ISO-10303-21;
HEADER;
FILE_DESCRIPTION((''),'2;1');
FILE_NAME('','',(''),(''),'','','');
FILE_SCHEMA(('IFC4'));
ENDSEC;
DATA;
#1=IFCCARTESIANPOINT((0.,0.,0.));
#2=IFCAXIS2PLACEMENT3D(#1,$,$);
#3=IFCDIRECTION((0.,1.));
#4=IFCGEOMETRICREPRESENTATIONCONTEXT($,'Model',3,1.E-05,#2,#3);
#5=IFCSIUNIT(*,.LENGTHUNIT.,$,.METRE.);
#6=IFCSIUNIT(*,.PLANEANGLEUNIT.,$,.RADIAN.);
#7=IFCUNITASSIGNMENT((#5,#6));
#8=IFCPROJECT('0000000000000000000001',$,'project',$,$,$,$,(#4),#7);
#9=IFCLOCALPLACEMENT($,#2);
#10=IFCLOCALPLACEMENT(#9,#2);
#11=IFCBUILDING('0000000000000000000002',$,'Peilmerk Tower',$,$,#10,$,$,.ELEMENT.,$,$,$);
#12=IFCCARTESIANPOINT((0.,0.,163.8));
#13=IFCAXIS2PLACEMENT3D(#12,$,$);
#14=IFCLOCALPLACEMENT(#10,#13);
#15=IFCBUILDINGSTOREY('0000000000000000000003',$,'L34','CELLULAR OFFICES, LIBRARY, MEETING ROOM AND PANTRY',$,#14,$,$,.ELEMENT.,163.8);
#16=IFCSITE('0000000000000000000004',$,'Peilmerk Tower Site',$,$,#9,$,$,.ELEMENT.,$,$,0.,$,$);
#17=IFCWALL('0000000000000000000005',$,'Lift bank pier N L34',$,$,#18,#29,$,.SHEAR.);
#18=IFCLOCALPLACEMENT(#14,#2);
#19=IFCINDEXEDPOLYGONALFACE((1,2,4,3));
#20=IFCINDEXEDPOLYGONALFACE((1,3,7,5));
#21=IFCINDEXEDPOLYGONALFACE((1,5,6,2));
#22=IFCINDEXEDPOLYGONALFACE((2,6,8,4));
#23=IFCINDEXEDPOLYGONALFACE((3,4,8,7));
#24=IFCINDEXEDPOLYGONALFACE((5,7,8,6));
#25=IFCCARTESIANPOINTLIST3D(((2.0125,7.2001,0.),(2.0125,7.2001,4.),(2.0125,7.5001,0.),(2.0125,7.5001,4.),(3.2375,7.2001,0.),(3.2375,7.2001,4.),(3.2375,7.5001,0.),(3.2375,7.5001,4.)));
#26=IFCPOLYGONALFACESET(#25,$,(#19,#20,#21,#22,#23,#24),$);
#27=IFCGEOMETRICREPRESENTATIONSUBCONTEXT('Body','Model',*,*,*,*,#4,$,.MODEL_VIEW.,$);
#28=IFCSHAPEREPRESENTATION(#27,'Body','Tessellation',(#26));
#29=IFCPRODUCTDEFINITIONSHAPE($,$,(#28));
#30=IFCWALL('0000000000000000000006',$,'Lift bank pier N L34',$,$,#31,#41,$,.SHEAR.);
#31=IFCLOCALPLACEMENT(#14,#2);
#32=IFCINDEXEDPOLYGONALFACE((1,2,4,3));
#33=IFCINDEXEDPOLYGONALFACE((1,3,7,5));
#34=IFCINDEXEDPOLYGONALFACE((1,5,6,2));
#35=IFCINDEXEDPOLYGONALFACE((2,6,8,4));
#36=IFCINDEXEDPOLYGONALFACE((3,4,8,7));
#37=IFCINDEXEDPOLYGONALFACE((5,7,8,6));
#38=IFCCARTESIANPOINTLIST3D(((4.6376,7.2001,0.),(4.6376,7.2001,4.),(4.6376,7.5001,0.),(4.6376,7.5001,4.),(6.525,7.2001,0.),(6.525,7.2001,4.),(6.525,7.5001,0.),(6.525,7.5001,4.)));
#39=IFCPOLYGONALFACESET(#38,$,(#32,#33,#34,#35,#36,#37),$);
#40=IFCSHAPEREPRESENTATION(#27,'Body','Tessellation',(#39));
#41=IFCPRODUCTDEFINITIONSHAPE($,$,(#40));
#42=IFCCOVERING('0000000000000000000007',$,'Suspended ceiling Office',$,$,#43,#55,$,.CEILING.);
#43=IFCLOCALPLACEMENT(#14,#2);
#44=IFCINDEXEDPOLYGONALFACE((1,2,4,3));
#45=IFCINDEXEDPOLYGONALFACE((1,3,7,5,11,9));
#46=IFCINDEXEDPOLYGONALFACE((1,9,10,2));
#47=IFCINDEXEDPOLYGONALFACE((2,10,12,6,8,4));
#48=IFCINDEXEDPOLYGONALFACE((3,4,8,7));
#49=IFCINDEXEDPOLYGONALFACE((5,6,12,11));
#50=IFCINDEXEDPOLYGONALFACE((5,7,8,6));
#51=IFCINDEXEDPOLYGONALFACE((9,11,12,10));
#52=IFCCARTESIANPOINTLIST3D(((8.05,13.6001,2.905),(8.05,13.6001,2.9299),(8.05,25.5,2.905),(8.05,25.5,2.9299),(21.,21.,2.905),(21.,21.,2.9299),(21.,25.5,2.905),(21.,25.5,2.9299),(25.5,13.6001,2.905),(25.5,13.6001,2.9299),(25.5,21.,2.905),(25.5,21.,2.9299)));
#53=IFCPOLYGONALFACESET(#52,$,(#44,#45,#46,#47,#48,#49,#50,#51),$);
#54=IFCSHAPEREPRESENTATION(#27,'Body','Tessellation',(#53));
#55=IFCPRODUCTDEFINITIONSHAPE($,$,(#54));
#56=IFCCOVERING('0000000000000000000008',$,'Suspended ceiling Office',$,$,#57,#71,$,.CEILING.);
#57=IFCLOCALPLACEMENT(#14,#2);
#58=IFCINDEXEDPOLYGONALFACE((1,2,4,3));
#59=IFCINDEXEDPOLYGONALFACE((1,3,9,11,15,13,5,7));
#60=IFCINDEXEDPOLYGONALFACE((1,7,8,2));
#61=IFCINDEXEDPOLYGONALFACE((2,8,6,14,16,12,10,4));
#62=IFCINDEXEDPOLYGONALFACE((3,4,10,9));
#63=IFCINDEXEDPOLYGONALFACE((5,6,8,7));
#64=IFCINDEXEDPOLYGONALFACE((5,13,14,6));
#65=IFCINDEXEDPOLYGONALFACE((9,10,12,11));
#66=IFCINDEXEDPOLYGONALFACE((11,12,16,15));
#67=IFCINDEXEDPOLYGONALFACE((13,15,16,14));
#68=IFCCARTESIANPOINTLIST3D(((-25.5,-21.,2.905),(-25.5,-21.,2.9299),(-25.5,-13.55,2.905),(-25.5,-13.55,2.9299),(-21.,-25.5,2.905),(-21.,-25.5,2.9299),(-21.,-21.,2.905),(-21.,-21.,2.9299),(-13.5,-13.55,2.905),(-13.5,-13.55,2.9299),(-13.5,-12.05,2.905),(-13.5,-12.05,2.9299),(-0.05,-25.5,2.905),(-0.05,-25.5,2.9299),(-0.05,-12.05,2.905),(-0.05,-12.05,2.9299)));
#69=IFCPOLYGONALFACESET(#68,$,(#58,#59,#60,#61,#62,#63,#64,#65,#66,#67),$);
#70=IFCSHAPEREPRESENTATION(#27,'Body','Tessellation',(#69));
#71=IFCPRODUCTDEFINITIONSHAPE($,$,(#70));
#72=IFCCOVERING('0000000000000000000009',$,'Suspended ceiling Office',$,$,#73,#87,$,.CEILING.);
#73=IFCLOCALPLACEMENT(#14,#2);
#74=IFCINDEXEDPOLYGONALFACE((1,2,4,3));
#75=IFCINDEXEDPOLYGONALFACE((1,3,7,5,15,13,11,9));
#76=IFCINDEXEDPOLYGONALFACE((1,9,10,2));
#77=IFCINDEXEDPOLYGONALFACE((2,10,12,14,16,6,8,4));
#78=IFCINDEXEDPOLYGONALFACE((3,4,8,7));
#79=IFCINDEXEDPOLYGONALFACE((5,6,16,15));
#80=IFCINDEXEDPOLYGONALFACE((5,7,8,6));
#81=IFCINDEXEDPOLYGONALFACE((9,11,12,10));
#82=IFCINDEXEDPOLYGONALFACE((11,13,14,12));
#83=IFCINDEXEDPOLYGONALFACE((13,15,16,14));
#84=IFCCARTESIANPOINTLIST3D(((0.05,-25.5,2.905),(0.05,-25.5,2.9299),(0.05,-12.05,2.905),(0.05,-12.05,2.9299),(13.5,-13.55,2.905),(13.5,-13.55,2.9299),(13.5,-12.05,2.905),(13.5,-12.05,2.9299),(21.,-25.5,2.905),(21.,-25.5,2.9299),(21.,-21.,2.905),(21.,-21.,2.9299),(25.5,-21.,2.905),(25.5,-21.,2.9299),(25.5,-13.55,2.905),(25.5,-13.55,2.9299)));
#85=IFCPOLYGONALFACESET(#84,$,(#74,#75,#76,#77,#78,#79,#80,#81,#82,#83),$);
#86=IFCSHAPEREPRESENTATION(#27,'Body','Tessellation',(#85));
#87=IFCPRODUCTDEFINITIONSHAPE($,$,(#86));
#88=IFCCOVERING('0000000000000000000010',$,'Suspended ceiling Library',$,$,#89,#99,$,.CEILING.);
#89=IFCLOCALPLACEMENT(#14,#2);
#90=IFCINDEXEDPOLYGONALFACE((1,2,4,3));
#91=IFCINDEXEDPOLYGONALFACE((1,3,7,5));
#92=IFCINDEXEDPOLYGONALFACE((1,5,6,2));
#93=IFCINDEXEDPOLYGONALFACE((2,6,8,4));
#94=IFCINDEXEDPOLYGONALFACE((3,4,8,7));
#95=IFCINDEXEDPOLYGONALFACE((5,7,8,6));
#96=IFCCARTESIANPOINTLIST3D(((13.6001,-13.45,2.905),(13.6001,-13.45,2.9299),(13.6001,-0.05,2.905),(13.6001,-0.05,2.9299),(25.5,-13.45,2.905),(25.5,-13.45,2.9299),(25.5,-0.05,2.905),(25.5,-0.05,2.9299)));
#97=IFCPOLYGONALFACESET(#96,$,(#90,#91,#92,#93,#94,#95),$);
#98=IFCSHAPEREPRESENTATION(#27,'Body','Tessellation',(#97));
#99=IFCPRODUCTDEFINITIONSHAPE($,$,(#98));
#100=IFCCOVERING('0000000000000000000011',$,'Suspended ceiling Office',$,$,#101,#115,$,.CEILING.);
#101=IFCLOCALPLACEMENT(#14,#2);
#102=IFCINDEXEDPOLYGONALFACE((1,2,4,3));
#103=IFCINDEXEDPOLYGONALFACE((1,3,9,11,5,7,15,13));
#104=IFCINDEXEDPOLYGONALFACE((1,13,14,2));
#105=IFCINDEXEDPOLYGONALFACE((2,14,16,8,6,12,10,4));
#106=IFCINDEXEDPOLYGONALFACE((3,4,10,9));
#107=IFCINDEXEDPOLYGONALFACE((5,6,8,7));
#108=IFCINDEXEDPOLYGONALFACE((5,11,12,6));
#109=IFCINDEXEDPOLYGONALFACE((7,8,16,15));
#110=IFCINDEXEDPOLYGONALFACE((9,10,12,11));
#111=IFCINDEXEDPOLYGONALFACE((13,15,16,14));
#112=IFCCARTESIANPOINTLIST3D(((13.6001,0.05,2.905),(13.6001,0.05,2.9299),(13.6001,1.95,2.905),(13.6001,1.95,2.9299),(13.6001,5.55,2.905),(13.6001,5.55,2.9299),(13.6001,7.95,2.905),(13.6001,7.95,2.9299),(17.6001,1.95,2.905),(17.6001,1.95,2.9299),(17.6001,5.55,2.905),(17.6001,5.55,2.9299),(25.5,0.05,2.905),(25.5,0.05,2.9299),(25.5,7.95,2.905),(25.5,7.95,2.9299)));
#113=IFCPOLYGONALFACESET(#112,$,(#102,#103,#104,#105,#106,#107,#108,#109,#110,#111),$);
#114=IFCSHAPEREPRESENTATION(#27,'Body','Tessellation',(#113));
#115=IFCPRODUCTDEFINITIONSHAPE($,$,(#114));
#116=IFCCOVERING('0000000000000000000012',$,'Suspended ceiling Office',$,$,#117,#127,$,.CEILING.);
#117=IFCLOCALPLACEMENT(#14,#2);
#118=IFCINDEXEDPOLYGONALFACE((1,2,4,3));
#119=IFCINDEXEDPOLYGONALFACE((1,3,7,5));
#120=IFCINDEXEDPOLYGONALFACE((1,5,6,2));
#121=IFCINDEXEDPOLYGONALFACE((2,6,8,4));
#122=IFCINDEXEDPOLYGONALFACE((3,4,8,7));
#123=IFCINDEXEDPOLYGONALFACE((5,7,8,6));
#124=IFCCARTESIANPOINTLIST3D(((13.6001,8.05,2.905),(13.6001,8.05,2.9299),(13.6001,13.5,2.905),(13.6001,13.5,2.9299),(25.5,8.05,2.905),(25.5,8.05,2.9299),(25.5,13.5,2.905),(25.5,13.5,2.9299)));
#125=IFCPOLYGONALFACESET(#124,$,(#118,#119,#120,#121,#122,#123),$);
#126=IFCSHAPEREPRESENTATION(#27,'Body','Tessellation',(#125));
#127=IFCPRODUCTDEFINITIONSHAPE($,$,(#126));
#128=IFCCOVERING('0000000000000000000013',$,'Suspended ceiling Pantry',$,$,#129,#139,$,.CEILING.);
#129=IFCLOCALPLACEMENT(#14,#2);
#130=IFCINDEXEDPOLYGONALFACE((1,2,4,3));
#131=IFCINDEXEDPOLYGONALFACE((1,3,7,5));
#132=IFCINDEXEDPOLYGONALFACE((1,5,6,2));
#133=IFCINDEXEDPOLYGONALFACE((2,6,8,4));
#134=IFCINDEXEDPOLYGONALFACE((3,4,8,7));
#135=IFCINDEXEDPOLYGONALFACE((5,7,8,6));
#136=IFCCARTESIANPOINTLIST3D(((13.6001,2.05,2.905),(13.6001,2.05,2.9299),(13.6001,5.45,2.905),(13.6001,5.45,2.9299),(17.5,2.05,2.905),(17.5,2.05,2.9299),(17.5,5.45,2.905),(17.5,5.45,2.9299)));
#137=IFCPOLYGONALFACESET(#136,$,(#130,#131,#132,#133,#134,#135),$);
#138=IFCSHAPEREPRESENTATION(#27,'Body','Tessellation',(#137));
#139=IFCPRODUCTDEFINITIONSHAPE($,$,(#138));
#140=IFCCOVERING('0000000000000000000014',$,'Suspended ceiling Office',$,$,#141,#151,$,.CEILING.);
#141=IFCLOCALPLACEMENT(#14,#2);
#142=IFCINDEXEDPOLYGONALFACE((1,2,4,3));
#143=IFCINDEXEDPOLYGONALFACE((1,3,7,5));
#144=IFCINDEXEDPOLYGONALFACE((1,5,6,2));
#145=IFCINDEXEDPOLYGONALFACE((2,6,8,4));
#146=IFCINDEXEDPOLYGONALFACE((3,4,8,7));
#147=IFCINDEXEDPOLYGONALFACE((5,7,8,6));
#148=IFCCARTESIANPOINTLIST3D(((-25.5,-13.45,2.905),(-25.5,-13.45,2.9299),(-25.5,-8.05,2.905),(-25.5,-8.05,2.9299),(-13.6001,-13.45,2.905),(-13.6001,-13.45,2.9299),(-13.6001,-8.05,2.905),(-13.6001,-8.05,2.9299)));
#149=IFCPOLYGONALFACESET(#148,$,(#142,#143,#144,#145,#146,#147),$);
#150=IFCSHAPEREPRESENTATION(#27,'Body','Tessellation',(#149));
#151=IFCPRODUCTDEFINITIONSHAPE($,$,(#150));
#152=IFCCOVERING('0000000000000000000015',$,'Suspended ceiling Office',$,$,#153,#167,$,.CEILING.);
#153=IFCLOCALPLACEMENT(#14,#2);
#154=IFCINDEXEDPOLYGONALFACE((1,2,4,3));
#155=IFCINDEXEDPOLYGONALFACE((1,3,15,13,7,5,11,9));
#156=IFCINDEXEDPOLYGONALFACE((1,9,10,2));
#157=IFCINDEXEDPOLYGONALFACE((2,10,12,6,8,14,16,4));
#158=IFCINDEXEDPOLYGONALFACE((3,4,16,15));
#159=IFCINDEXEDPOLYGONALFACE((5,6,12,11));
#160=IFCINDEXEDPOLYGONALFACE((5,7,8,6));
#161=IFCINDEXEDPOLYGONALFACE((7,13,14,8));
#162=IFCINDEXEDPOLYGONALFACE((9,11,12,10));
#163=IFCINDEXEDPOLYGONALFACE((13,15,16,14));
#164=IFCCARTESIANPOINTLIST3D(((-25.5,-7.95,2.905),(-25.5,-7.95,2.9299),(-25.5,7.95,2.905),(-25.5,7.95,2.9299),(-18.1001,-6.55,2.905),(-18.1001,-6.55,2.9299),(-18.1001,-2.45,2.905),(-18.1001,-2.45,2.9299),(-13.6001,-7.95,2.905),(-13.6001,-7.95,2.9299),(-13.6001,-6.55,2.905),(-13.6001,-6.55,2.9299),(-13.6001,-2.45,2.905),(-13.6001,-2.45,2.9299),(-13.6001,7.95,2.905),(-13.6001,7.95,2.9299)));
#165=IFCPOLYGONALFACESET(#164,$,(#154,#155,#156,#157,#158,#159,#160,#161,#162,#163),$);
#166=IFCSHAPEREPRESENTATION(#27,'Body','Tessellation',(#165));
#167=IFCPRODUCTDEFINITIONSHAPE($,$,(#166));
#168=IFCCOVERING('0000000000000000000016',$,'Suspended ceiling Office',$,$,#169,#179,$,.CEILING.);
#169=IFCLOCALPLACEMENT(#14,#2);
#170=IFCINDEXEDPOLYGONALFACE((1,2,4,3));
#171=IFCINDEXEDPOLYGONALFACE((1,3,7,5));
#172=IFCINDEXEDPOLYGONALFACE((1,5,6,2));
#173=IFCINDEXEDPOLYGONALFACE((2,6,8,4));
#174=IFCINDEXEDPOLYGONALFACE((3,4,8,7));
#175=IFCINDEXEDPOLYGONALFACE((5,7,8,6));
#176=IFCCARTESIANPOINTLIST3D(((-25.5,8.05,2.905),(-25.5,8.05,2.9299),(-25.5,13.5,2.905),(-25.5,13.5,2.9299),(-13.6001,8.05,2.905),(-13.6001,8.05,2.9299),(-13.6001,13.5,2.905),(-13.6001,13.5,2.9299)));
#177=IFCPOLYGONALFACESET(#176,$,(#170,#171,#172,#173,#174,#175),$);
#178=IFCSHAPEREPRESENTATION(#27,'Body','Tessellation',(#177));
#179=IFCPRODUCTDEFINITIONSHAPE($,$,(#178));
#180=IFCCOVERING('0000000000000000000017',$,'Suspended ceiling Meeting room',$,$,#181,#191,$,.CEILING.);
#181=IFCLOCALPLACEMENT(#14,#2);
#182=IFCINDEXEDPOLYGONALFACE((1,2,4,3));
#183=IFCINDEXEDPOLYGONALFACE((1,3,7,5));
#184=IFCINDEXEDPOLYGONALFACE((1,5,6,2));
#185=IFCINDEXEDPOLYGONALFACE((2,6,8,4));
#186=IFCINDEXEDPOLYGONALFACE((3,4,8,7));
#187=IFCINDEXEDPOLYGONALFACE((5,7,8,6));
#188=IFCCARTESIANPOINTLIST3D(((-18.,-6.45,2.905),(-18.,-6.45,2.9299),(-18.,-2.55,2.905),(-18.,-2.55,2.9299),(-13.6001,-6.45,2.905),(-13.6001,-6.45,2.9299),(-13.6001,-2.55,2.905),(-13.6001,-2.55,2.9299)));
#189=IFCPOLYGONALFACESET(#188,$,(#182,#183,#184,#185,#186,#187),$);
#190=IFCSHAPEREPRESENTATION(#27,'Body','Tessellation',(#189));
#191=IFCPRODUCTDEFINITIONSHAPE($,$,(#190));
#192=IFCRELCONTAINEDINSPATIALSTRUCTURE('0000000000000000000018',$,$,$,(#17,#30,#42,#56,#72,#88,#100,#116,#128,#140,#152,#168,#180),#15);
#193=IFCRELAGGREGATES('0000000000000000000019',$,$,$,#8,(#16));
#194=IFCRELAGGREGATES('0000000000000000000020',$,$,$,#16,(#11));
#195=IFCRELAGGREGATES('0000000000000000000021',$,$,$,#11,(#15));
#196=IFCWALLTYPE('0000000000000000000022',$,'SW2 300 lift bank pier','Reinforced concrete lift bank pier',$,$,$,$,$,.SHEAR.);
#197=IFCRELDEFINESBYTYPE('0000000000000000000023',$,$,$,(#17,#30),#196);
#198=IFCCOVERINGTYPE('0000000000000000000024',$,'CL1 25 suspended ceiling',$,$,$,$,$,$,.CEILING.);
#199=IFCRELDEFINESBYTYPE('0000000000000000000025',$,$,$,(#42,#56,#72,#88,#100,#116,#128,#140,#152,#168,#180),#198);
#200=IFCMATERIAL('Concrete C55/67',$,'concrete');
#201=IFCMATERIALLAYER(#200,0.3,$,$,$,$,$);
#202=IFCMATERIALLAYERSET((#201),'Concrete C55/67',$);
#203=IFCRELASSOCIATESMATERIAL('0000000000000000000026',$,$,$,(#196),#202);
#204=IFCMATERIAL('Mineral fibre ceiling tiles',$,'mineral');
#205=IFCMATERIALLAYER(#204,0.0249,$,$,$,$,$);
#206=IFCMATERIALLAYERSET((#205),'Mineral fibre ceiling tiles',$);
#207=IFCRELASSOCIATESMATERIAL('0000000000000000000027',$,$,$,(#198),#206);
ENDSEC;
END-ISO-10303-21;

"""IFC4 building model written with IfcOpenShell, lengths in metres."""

from ifc_helpers import new_model, si_unit, direction, frame, frame_2d, origin, place, context, subcontext, project, spatial, polyline, rectangle, outline, extrude, material, layer, layer_set, type_object, element, save


model = new_model("IFC4")

# Units and contexts
model_context = context("Model", 3, precision=1e-05, world=origin(), true_north=direction((0.0, 1.0)))
body_context = subcontext(model_context, "Body", "Model", "MODEL_VIEW")
ifc_project = project(units=[si_unit("LENGTHUNIT", "METRE"), si_unit("PLANEANGLEUNIT", "RADIAN")], contexts=[model_context])

# Site, building, storey
site_placement = place(None, origin())
site = spatial("IfcSite", under=ifc_project, at=site_placement, Name="Peilmerk Tower Site", CompositionType="ELEMENT", RefElevation=0.0)
building_placement = place(site_placement, origin())
building = spatial("IfcBuilding", under=site, at=building_placement, Name="Peilmerk Tower", CompositionType="ELEMENT")
storey_placement = place(building_placement, frame((0.0, 0.0, 163.8)))
storey = spatial("IfcBuildingStorey", under=building, at=storey_placement, Name="L34", Description="CELLULAR OFFICES, LIBRARY, MEETING ROOM AND PANTRY", CompositionType="ELEMENT", Elevation=163.8)

# Walls
ifc_material_1 = material(Name="Concrete C55/67", Category="concrete")
ifc_layer_1 = layer(ifc_material_1, 0.3)
ifc_layer_set_1 = layer_set([ifc_layer_1], Name="Concrete C55/67")
wall_type_1 = type_object("IfcWallType", Name="SW2 300 lift bank pier", Description="Reinforced concrete lift bank pier", PredefinedType="SHEAR", material=ifc_layer_set_1)
wall_1_placement = place(storey_placement, frame((2.0125, 7.3501, 0.0), z_axis=(0.0, 0.0, 1.0), x_axis=(1.0, 0.0, 0.0)))
element("IfcWall", 1, at=wall_1_placement, inside=storey, type_object=wall_type_1, Name="Lift bank pier N L34", PredefinedType="SHEAR", context=body_context, shape_type="SweptSolid", body=[
    extrude(rectangle(XDim=1.2251, YDim=0.3, at=frame_2d((0.6125, 0.0))), origin(), (0.0, 0.0, 1.0), 4.0),
])
wall_2_placement = place(storey_placement, frame((4.6375, 7.3501, 0.0), z_axis=(0.0, 0.0, 1.0), x_axis=(1.0, 0.0, 0.0)))
element("IfcWall", 2, at=wall_2_placement, inside=storey, type_object=wall_type_1, Name="Lift bank pier N L34", PredefinedType="SHEAR", context=body_context, shape_type="SweptSolid", body=[
    extrude(rectangle(XDim=1.8875, YDim=0.3, at=frame_2d((0.9438, 0.0))), origin(), (0.0, 0.0, 1.0), 4.0),
])

# Coverings
ifc_material_2 = material(Name="Mineral fibre ceiling tiles", Category="mineral")
ifc_layer_2 = layer(ifc_material_2, 0.0249)
ifc_layer_set_2 = layer_set([ifc_layer_2], Name="Mineral fibre ceiling tiles")
covering_type = type_object("IfcCoveringType", Name="CL1 25 suspended ceiling", PredefinedType="CEILING", material=ifc_layer_set_2)
covering_1_placement = place(storey_placement, frame((0.0, 0.0, 2.905)))
element("IfcCovering", 3, at=covering_1_placement, inside=storey, type_object=covering_type, Name="Suspended ceiling Office", PredefinedType="CEILING", context=body_context, shape_type="SweptSolid", body=[
    extrude(outline(polyline([(21.0, 25.5), (8.05, 25.5), (8.05, 13.6001), (25.5, 13.6001), (25.5, 21.0), (21.0, 21.0), (21.0, 25.5)])), origin(), (0.0, 0.0, 1.0), 0.0249),
])
covering_2_placement = place(storey_placement, frame((0.0, 0.0, 2.905)))
element("IfcCovering", 4, at=covering_2_placement, inside=storey, type_object=covering_type, Name="Suspended ceiling Office", PredefinedType="CEILING", context=body_context, shape_type="SweptSolid", body=[
    extrude(outline(polyline([(-21.0, -25.5), (-0.05, -25.5), (-0.05, -12.05), (-13.5, -12.05), (-13.5, -13.55), (-25.5, -13.55), (-25.5, -21.0), (-21.0, -21.0), (-21.0, -25.5)])), origin(), (0.0, 0.0, 1.0), 0.0249),
])
covering_3_placement = place(storey_placement, frame((0.0, 0.0, 2.905)))
element("IfcCovering", 5, at=covering_3_placement, inside=storey, type_object=covering_type, Name="Suspended ceiling Office", PredefinedType="CEILING", context=body_context, shape_type="SweptSolid", body=[
    extrude(outline(polyline([(0.05, -25.5), (21.0, -25.5), (21.0, -21.0), (25.5, -21.0), (25.5, -13.55), (13.5, -13.55), (13.5, -12.05), (0.05, -12.05), (0.05, -25.5)])), origin(), (0.0, 0.0, 1.0), 0.0249),
])
covering_4_placement = place(storey_placement, frame((0.0, 0.0, 2.905)))
element("IfcCovering", 6, at=covering_4_placement, inside=storey, type_object=covering_type, Name="Suspended ceiling Library", PredefinedType="CEILING", context=body_context, shape_type="SweptSolid", body=[
    extrude(outline(polyline([(25.5, -13.45), (25.5, -0.05), (13.6001, -0.05), (13.6001, -13.45), (25.5, -13.45)])), origin(), (0.0, 0.0, 1.0), 0.0249),
])
covering_5_placement = place(storey_placement, frame((0.0, 0.0, 2.905)))
element("IfcCovering", 7, at=covering_5_placement, inside=storey, type_object=covering_type, Name="Suspended ceiling Office", PredefinedType="CEILING", context=body_context, shape_type="SweptSolid", body=[
    extrude(outline(polyline([(13.6001, 0.05), (25.5, 0.05), (25.5, 7.95), (13.6001, 7.95), (13.6001, 5.55), (17.6001, 5.55), (17.6001, 1.95), (13.6001, 1.95), (13.6001, 0.05)])), origin(), (0.0, 0.0, 1.0), 0.0249),
])
covering_6_placement = place(storey_placement, frame((0.0, 0.0, 2.905)))
element("IfcCovering", 8, at=covering_6_placement, inside=storey, type_object=covering_type, Name="Suspended ceiling Office", PredefinedType="CEILING", context=body_context, shape_type="SweptSolid", body=[
    extrude(outline(polyline([(25.5, 8.05), (25.5, 13.5), (13.6001, 13.5), (13.6001, 8.05), (25.5, 8.05)])), origin(), (0.0, 0.0, 1.0), 0.0249),
])
covering_7_placement = place(storey_placement, frame((0.0, 0.0, 2.905)))
element("IfcCovering", 9, at=covering_7_placement, inside=storey, type_object=covering_type, Name="Suspended ceiling Pantry", PredefinedType="CEILING", context=body_context, shape_type="SweptSolid", body=[
    extrude(outline(polyline([(17.5, 2.05), (17.5, 5.45), (13.6001, 5.45), (13.6001, 2.05), (17.5, 2.05)])), origin(), (0.0, 0.0, 1.0), 0.0249),
])
covering_8_placement = place(storey_placement, frame((0.0, 0.0, 2.905)))
element("IfcCovering", 10, at=covering_8_placement, inside=storey, type_object=covering_type, Name="Suspended ceiling Office", PredefinedType="CEILING", context=body_context, shape_type="SweptSolid", body=[
    extrude(outline(polyline([(-25.5, -8.05), (-25.5, -13.45), (-13.6001, -13.45), (-13.6001, -8.05), (-25.5, -8.05)])), origin(), (0.0, 0.0, 1.0), 0.0249),
])
covering_9_placement = place(storey_placement, frame((0.0, 0.0, 2.905)))
element("IfcCovering", 11, at=covering_9_placement, inside=storey, type_object=covering_type, Name="Suspended ceiling Office", PredefinedType="CEILING", context=body_context, shape_type="SweptSolid", body=[
    extrude(outline(polyline([(-13.6001, 7.95), (-25.5, 7.95), (-25.5, -7.95), (-13.6001, -7.95), (-13.6001, -6.55), (-18.1001, -6.55), (-18.1001, -2.45), (-13.6001, -2.45), (-13.6001, 7.95)])), origin(), (0.0, 0.0, 1.0), 0.0249),
])
covering_10_placement = place(storey_placement, frame((0.0, 0.0, 2.905)))
element("IfcCovering", 12, at=covering_10_placement, inside=storey, type_object=covering_type, Name="Suspended ceiling Office", PredefinedType="CEILING", context=body_context, shape_type="SweptSolid", body=[
    extrude(outline(polyline([(-25.5, 13.5), (-25.5, 8.05), (-13.6001, 8.05), (-13.6001, 13.5), (-25.5, 13.5)])), origin(), (0.0, 0.0, 1.0), 0.0249),
])
covering_11_placement = place(storey_placement, frame((0.0, 0.0, 2.905)))
element("IfcCovering", 13, at=covering_11_placement, inside=storey, type_object=covering_type, Name="Suspended ceiling Meeting room", PredefinedType="CEILING", context=body_context, shape_type="SweptSolid", body=[
    extrude(outline(polyline([(-13.6001, -6.45), (-13.6001, -2.55), (-18.0, -2.55), (-18.0, -6.45), (-13.6001, -6.45)])), origin(), (0.0, 0.0, 1.0), 0.0249),
])

save(model, "model.ifc")
